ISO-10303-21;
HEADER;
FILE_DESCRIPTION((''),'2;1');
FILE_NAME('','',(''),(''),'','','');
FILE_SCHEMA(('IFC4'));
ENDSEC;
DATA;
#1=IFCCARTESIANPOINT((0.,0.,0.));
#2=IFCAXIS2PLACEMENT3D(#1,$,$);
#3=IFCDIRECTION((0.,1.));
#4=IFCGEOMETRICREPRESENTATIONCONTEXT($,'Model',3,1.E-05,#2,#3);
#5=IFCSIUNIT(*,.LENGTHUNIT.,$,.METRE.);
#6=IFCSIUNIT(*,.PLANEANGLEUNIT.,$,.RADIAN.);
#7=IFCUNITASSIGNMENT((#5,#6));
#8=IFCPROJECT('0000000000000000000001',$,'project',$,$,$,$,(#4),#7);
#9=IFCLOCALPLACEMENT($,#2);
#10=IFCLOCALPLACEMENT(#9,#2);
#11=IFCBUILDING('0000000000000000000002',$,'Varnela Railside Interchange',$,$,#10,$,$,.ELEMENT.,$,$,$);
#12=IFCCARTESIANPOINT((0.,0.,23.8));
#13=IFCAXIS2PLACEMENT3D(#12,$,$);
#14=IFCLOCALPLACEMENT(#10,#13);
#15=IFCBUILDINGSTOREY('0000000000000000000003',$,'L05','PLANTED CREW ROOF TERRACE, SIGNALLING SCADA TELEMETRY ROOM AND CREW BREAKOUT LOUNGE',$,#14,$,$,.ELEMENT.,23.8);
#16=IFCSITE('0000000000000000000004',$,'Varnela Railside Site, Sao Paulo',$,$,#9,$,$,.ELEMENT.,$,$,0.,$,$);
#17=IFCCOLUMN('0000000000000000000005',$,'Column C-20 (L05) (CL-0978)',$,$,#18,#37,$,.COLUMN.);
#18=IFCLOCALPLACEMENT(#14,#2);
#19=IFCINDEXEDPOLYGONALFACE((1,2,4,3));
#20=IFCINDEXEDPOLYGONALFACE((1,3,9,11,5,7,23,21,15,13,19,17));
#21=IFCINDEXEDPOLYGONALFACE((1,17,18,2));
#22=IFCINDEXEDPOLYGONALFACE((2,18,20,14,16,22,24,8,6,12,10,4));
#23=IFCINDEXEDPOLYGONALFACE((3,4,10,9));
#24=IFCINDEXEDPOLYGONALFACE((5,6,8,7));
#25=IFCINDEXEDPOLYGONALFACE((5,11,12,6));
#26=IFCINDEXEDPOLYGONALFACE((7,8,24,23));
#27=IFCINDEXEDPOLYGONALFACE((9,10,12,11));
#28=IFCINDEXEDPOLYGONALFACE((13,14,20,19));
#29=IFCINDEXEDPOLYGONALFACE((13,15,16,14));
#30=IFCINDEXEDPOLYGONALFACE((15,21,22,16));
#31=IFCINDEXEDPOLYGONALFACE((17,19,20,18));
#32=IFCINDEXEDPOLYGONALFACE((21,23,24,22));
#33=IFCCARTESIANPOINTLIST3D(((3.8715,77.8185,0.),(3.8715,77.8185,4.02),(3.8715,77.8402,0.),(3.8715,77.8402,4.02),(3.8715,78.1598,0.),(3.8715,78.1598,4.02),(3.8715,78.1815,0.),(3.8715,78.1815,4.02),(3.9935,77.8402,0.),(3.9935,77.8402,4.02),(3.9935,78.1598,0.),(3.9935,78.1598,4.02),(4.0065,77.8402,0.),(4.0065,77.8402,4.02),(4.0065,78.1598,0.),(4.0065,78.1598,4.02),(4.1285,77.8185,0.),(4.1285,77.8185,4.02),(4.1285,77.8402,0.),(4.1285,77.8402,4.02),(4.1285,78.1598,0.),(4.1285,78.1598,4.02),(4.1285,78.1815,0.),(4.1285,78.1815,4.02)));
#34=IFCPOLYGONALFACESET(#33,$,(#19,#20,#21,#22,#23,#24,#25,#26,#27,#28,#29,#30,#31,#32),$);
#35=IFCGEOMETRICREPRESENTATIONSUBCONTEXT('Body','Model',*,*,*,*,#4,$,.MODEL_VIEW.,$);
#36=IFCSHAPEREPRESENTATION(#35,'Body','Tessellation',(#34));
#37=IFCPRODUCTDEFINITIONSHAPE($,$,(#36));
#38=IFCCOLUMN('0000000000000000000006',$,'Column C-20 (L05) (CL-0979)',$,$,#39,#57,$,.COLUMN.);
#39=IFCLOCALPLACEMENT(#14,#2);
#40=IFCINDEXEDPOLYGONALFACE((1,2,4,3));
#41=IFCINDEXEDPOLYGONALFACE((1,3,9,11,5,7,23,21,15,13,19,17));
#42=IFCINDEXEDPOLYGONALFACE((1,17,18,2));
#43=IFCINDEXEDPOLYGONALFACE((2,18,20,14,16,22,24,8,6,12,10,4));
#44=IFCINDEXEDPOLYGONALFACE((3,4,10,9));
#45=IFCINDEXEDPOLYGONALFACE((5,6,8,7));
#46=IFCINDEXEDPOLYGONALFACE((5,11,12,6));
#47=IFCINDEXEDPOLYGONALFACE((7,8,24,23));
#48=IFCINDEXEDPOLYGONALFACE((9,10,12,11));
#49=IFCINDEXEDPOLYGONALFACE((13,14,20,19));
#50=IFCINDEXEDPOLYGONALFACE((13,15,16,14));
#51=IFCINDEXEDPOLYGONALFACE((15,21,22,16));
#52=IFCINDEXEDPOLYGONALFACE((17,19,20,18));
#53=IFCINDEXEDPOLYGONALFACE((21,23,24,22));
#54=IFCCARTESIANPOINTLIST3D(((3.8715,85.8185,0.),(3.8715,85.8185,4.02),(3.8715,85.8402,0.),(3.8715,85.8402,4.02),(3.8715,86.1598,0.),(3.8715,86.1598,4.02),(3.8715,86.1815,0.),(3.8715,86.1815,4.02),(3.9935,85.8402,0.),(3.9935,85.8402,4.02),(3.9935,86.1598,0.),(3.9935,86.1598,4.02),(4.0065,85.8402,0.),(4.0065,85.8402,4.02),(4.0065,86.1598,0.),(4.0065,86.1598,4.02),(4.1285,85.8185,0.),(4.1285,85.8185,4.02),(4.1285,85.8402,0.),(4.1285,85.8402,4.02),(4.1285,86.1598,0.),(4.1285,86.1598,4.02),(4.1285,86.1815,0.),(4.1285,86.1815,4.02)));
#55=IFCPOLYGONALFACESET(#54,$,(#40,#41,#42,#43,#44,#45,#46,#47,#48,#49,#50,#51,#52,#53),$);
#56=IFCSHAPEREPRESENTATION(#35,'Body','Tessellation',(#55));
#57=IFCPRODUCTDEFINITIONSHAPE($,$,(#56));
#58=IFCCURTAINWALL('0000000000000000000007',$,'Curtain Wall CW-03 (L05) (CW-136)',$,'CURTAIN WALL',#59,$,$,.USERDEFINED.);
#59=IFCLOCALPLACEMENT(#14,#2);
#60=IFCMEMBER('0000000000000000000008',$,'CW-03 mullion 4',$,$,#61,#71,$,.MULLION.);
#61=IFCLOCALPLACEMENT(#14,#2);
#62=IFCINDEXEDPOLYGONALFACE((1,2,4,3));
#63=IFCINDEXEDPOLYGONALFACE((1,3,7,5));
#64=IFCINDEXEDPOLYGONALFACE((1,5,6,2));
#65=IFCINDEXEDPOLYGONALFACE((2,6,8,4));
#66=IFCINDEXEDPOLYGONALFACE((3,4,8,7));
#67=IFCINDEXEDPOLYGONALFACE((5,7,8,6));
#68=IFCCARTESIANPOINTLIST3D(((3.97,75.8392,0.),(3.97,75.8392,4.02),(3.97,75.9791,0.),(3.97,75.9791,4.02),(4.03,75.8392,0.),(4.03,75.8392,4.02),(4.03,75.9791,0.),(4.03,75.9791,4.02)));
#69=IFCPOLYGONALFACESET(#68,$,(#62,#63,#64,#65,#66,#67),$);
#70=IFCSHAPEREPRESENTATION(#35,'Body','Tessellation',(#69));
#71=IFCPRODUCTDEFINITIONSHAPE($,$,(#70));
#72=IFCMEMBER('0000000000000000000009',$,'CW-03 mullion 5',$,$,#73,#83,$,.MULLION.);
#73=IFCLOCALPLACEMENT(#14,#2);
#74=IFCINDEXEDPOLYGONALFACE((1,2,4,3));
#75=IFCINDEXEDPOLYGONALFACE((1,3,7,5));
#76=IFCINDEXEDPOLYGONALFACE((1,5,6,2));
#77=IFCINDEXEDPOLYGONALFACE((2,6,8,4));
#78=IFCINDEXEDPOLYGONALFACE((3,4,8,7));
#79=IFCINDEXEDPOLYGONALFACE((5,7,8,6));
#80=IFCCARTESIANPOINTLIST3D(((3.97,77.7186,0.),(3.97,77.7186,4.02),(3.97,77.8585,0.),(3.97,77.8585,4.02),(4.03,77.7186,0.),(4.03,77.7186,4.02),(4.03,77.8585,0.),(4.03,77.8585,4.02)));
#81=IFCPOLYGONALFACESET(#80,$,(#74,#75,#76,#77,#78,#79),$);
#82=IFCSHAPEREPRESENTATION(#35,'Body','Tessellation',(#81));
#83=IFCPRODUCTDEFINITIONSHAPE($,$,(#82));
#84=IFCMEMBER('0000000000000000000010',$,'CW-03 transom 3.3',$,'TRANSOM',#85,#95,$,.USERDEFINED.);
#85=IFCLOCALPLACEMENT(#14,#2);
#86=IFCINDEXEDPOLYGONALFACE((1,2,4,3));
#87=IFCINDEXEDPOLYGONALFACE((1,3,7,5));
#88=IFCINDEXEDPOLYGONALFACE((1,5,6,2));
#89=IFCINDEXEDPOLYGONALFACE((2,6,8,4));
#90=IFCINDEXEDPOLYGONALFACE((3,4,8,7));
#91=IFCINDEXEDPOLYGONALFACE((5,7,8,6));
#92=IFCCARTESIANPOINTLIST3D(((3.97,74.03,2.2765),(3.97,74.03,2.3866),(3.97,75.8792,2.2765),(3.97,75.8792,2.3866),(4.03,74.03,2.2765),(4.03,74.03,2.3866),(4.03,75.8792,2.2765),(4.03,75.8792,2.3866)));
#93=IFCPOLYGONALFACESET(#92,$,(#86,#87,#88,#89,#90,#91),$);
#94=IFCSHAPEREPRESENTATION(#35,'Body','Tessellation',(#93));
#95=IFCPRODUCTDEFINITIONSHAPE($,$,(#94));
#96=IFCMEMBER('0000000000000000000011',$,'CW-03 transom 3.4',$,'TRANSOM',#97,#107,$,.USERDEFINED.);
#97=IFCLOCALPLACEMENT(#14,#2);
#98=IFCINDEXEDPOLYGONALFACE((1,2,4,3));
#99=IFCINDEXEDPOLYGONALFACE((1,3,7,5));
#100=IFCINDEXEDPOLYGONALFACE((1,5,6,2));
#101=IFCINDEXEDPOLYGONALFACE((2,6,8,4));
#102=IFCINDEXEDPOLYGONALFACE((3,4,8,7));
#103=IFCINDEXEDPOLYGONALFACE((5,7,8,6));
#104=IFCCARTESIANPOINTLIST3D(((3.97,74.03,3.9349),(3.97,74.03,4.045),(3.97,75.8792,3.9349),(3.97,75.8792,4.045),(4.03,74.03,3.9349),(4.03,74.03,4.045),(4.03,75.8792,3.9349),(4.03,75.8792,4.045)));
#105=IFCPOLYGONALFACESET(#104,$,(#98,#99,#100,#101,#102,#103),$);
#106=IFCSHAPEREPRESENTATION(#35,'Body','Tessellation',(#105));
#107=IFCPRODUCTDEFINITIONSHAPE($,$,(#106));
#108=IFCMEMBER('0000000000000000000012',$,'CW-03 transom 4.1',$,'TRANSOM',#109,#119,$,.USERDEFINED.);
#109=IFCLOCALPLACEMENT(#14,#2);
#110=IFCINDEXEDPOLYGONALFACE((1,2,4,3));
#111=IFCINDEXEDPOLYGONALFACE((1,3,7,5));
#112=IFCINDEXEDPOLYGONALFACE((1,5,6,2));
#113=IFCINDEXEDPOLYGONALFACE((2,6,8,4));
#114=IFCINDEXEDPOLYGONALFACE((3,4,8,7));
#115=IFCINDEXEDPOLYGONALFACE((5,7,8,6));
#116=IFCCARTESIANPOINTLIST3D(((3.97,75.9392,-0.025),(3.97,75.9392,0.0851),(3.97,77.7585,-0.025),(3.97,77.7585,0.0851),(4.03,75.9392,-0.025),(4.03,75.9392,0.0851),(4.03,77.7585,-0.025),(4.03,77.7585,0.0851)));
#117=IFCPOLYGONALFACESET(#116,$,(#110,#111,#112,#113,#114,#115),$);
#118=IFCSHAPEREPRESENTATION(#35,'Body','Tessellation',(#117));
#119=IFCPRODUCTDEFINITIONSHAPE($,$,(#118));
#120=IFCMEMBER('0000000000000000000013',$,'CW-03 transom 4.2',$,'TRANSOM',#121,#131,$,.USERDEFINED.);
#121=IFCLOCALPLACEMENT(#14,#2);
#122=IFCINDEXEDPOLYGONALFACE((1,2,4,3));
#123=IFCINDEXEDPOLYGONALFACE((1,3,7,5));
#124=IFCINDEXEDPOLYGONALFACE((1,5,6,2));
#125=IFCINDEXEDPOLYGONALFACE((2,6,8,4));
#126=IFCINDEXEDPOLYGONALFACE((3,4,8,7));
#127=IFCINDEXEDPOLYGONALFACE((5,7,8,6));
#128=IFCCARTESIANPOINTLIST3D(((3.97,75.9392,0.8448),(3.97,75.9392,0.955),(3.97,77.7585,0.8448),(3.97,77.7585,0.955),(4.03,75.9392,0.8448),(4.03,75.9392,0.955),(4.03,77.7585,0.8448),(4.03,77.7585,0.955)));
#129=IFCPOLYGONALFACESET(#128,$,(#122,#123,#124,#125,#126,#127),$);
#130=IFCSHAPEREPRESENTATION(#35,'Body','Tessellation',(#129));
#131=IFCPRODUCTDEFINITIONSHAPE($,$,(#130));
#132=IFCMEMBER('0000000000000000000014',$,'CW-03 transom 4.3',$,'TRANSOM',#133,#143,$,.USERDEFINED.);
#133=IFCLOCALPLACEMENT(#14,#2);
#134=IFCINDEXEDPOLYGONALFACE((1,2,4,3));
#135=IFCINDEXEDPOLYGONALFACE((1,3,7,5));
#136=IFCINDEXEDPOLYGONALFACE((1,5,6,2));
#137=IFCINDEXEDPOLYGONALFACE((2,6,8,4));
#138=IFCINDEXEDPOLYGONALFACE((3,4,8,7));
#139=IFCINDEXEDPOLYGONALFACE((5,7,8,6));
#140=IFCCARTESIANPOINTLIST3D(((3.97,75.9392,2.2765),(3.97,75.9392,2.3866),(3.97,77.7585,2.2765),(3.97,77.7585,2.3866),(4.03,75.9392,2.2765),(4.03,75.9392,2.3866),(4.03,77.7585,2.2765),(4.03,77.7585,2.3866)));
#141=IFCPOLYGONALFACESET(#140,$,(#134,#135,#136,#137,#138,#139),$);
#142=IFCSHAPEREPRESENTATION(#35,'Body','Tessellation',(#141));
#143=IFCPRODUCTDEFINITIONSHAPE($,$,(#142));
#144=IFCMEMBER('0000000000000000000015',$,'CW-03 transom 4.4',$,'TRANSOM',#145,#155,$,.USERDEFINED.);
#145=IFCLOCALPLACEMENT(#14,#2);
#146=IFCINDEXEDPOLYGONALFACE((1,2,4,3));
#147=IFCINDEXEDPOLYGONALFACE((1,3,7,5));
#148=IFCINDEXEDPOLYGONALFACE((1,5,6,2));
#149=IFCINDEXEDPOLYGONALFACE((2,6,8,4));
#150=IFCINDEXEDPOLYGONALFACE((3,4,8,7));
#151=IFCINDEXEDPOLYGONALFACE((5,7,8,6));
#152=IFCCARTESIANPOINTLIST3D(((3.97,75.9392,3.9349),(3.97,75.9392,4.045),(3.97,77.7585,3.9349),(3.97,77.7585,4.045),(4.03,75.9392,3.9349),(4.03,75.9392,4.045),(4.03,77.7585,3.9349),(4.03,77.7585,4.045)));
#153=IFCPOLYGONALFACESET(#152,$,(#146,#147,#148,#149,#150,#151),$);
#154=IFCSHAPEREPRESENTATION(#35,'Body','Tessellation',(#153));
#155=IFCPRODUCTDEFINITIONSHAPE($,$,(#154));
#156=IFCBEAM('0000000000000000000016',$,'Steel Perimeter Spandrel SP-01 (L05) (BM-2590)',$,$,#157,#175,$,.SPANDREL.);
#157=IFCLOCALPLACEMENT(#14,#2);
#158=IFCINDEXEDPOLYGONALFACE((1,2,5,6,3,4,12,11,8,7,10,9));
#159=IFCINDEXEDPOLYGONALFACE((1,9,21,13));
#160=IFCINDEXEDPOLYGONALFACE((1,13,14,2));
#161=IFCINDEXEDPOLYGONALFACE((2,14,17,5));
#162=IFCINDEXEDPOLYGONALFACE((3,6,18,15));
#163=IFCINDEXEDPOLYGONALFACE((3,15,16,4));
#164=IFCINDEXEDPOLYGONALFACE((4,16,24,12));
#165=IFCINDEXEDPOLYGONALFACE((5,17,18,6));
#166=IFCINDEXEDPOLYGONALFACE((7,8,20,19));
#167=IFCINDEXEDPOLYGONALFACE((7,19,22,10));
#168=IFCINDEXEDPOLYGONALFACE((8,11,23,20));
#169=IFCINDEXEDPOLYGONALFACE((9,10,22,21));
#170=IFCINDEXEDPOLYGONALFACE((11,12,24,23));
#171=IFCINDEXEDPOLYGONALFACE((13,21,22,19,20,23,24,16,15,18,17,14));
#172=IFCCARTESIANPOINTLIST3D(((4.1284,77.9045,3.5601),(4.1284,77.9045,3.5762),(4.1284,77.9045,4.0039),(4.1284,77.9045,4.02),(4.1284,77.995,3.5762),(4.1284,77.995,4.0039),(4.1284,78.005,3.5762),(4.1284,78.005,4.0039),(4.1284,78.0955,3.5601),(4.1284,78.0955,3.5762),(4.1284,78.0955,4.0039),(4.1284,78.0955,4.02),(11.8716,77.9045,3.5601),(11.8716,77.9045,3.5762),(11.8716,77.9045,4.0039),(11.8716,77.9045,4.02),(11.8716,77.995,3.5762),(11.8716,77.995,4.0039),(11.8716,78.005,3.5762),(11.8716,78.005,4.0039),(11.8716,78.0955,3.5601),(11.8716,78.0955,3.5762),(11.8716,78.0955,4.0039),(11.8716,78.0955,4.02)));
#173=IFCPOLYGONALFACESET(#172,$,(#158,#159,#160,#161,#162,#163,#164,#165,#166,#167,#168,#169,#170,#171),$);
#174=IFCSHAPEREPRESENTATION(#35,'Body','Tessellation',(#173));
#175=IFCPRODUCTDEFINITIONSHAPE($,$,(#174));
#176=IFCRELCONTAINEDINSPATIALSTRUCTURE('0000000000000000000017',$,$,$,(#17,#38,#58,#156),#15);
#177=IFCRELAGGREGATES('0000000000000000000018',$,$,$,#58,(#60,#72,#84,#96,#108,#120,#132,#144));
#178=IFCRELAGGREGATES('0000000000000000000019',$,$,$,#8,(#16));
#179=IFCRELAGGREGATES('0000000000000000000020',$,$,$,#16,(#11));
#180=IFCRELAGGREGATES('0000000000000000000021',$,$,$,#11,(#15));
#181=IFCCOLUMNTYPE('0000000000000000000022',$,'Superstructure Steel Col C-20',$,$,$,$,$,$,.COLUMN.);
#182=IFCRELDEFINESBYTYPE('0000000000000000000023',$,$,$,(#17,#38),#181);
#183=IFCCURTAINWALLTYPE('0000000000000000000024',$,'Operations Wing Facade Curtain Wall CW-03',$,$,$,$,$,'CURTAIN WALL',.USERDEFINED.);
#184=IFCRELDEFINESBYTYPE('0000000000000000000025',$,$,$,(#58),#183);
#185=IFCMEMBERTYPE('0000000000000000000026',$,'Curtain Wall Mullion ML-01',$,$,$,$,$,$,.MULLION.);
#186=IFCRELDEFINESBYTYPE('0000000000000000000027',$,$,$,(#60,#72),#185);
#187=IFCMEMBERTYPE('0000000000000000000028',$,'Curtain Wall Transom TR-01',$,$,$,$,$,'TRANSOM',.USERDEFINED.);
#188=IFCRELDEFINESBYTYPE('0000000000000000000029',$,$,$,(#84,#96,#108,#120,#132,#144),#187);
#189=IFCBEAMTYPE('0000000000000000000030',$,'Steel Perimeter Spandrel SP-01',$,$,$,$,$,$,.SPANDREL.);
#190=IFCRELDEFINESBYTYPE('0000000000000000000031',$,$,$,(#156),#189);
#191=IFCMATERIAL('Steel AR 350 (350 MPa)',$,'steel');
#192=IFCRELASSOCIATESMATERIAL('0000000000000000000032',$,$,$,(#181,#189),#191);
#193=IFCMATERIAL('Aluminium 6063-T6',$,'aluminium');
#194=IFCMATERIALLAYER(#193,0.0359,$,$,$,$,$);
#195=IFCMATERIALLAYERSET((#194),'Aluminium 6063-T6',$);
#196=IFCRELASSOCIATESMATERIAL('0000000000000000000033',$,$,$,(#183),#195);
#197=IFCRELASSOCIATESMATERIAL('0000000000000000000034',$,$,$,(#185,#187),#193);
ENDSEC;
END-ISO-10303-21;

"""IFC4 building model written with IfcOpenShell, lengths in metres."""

from ifc_helpers import new_model, si_unit, direction, frame, origin, origin_2d, place, context, subcontext, project, spatial, rectangle, i_section, extrude, material, layer, layer_set, material_profile, profile_set, type_object, element, aggregate, save


model = new_model("IFC4")

# Units and contexts
model_context = context("Model", 3, precision=1e-05, world=origin(), true_north=direction((0.0, 1.0)))
body_context = subcontext(model_context, "Body", "Model", "MODEL_VIEW")
ifc_project = project(units=[si_unit("LENGTHUNIT", "METRE"), si_unit("PLANEANGLEUNIT", "RADIAN")], contexts=[model_context])

# Site, building, storey
site_placement = place(None, origin())
site = spatial("IfcSite", under=ifc_project, at=site_placement, Name="Varnela Railside Site, Sao Paulo", CompositionType="ELEMENT", RefElevation=0.0)
building_placement = place(site_placement, origin())
building = spatial("IfcBuilding", under=site, at=building_placement, Name="Varnela Railside Interchange", CompositionType="ELEMENT")
storey_placement = place(building_placement, frame((0.0, 0.0, 23.8)))
storey = spatial("IfcBuildingStorey", under=building, at=storey_placement, Name="L05", Description="PLANTED CREW ROOF TERRACE, SIGNALLING SCADA TELEMETRY ROOM AND CREW BREAKOUT LOUNGE", CompositionType="ELEMENT", Elevation=23.8)

# Columns
ifc_material_1 = material(Name="Steel AR 350 (350 MPa)", Category="steel")
ifc_material_profile_1 = material_profile(ifc_material_1, i_section(OverallWidth=0.2571, OverallDepth=0.363, WebThickness=0.0129, FlangeThickness=0.0217, at=origin_2d()), Name="W360x122")
ifc_profile_set_1 = profile_set([ifc_material_profile_1], Name="Steel AR 350 (350 MPa)")
column_type = type_object("IfcColumnType", Name="Superstructure Steel Col C-20", PredefinedType="COLUMN", material=ifc_profile_set_1)
for number, where, z_axis, x_axis, name in (
    (1, (4.0, 78.0, 0.0), (0.0, 0.0, 1.0), (1.0, 0.0, 0.0), "Column C-20 (L05) (CL-0978)"),
    (2, (4.0, 86.0, 0.0), (0.0, 0.0, 1.0), (1.0, 0.0, 0.0), "Column C-20 (L05) (CL-0979)"),
):
    element("IfcColumn", number, at=place(storey_placement, frame(where, z_axis=z_axis, x_axis=x_axis)), inside=storey, type_object=column_type, Name=name, PredefinedType="COLUMN", context=body_context, shape_type="SweptSolid", body=[
        extrude(i_section(OverallWidth=0.2571, OverallDepth=0.363, WebThickness=0.0129, FlangeThickness=0.0217, at=origin_2d()), origin(), (0.0, 0.0, 1.0), 4.02),
    ])

# Curtain wall, members
ifc_material_2 = material(Name="Aluminium 6063-T6", Category="aluminium")
ifc_layer_1 = layer(ifc_material_2, 0.0359)
ifc_layer_set_1 = layer_set([ifc_layer_1], Name="Aluminium 6063-T6")
curtain_wall_type = type_object("IfcCurtainWallType", Name="Operations Wing Facade Curtain Wall CW-03", ElementType="CURTAIN WALL", PredefinedType="USERDEFINED", material=ifc_layer_set_1)
curtain_wall_placement = place(storey_placement, origin())
curtain_wall = element("IfcCurtainWall", 3, at=curtain_wall_placement, inside=storey, type_object=curtain_wall_type, Name="Curtain Wall CW-03 (L05) (CW-136)", ObjectType="CURTAIN WALL", PredefinedType="USERDEFINED")
ifc_material_profile_2 = material_profile(ifc_material_2, rectangle(XDim=0.0601, YDim=0.1399, at=origin_2d()), Name="ALU 60x140")
ifc_profile_set_2 = profile_set([ifc_material_profile_2], Name="Aluminium 6063-T6")
member_type_1 = type_object("IfcMemberType", Name="Curtain Wall Mullion ML-01", PredefinedType="MULLION", material=ifc_profile_set_2)
member_1_placement = place(storey_placement, frame((4.0, 75.9092, 0.0), z_axis=(0.0, 0.0, 1.0), x_axis=(-1.0, 0.0, 0.0)))
member_1 = element("IfcMember", 4, at=member_1_placement, type_object=member_type_1, Name="CW-03 mullion 4", PredefinedType="MULLION", context=body_context, shape_type="SweptSolid", body=[
    extrude(rectangle(XDim=0.0601, YDim=0.1399, at=origin_2d()), origin(), (0.0, 0.0, 1.0), 4.02),
])
member_2_placement = place(storey_placement, frame((4.0, 77.7886, 0.0), z_axis=(0.0, 0.0, 1.0), x_axis=(-1.0, 0.0, 0.0)))
member_2 = element("IfcMember", 5, at=member_2_placement, type_object=member_type_1, Name="CW-03 mullion 5", PredefinedType="MULLION", context=body_context, shape_type="SweptSolid", body=[
    extrude(rectangle(XDim=0.0601, YDim=0.1399, at=origin_2d()), origin(), (0.0, 0.0, 1.0), 4.02),
])
ifc_material_profile_3 = material_profile(ifc_material_2, rectangle(XDim=0.0601, YDim=0.1101, at=origin_2d()), Name="ALU 60x110")
ifc_profile_set_3 = profile_set([ifc_material_profile_3], Name="Aluminium 6063-T6")
member_type_2 = type_object("IfcMemberType", Name="Curtain Wall Transom TR-01", ElementType="TRANSOM", PredefinedType="USERDEFINED", material=ifc_profile_set_3)
member_3_placement = place(storey_placement, frame((4.0, 74.03, 2.3315), z_axis=(0.0, 1.0, 0.0), x_axis=(-1.0, 0.0, 0.0)))
member_3 = element("IfcMember", 6, at=member_3_placement, type_object=member_type_2, Name="CW-03 transom 3.3", ObjectType="TRANSOM", PredefinedType="USERDEFINED", context=body_context, shape_type="SweptSolid", body=[
    extrude(rectangle(XDim=0.0601, YDim=0.1101, at=origin_2d()), origin(), (0.0, 0.0, 1.0), 1.8491),
])
member_4_placement = place(storey_placement, frame((4.0, 74.03, 3.99), z_axis=(0.0, 1.0, 0.0), x_axis=(-1.0, 0.0, 0.0)))
member_4 = element("IfcMember", 7, at=member_4_placement, type_object=member_type_2, Name="CW-03 transom 3.4", ObjectType="TRANSOM", PredefinedType="USERDEFINED", context=body_context, shape_type="SweptSolid", body=[
    extrude(rectangle(XDim=0.0601, YDim=0.1101, at=origin_2d()), origin(), (0.0, 0.0, 1.0), 1.8491),
])
member_5_placement = place(storey_placement, frame((4.0, 75.9392, 0.03), z_axis=(0.0, 1.0, 0.0), x_axis=(-1.0, 0.0, 0.0)))
member_5 = element("IfcMember", 8, at=member_5_placement, type_object=member_type_2, Name="CW-03 transom 4.1", ObjectType="TRANSOM", PredefinedType="USERDEFINED", context=body_context, shape_type="SweptSolid", body=[
    extrude(rectangle(XDim=0.0601, YDim=0.1101, at=origin_2d()), origin(), (0.0, 0.0, 1.0), 1.8193),
])
member_6_placement = place(storey_placement, frame((4.0, 75.9392, 0.8999), z_axis=(0.0, 1.0, 0.0), x_axis=(-1.0, 0.0, 0.0)))
member_6 = element("IfcMember", 9, at=member_6_placement, type_object=member_type_2, Name="CW-03 transom 4.2", ObjectType="TRANSOM", PredefinedType="USERDEFINED", context=body_context, shape_type="SweptSolid", body=[
    extrude(rectangle(XDim=0.0601, YDim=0.1101, at=origin_2d()), origin(), (0.0, 0.0, 1.0), 1.8193),
])
member_7_placement = place(storey_placement, frame((4.0, 75.9392, 2.3315), z_axis=(0.0, 1.0, 0.0), x_axis=(-1.0, 0.0, 0.0)))
member_7 = element("IfcMember", 10, at=member_7_placement, type_object=member_type_2, Name="CW-03 transom 4.3", ObjectType="TRANSOM", PredefinedType="USERDEFINED", context=body_context, shape_type="SweptSolid", body=[
    extrude(rectangle(XDim=0.0601, YDim=0.1101, at=origin_2d()), origin(), (0.0, 0.0, 1.0), 1.8193),
])
member_8_placement = place(storey_placement, frame((4.0, 75.9392, 3.99), z_axis=(0.0, 1.0, 0.0), x_axis=(-1.0, 0.0, 0.0)))
member_8 = element("IfcMember", 11, at=member_8_placement, type_object=member_type_2, Name="CW-03 transom 4.4", ObjectType="TRANSOM", PredefinedType="USERDEFINED", context=body_context, shape_type="SweptSolid", body=[
    extrude(rectangle(XDim=0.0601, YDim=0.1101, at=origin_2d()), origin(), (0.0, 0.0, 1.0), 1.8193),
])

# Beam
ifc_material_profile_4 = material_profile(ifc_material_1, i_section(OverallWidth=0.1909, OverallDepth=0.46, WebThickness=0.01, FlangeThickness=0.0161, at=origin_2d()), Name="W460x82")
ifc_profile_set_4 = profile_set([ifc_material_profile_4], Name="Steel AR 350 (350 MPa)")
beam_type = type_object("IfcBeamType", Name="Steel Perimeter Spandrel SP-01", PredefinedType="SPANDREL", material=ifc_profile_set_4)
beam_placement = place(storey_placement, frame((4.1284, 78.0, 3.79), z_axis=(1.0, 0.0, 0.0), x_axis=(0.0, 1.0, 0.0)))
element("IfcBeam", 12, at=beam_placement, inside=storey, type_object=beam_type, Name="Steel Perimeter Spandrel SP-01 (L05) (BM-2590)", PredefinedType="SPANDREL", context=body_context, shape_type="SweptSolid", body=[
    extrude(i_section(OverallWidth=0.1909, OverallDepth=0.46, WebThickness=0.01, FlangeThickness=0.0161, at=origin_2d()), origin(), (0.0, 0.0, 1.0), 7.7432),
])

aggregate(curtain_wall, [member_1, member_2, member_3, member_4, member_5, member_6, member_7, member_8])

save(model, "model.ifc")
